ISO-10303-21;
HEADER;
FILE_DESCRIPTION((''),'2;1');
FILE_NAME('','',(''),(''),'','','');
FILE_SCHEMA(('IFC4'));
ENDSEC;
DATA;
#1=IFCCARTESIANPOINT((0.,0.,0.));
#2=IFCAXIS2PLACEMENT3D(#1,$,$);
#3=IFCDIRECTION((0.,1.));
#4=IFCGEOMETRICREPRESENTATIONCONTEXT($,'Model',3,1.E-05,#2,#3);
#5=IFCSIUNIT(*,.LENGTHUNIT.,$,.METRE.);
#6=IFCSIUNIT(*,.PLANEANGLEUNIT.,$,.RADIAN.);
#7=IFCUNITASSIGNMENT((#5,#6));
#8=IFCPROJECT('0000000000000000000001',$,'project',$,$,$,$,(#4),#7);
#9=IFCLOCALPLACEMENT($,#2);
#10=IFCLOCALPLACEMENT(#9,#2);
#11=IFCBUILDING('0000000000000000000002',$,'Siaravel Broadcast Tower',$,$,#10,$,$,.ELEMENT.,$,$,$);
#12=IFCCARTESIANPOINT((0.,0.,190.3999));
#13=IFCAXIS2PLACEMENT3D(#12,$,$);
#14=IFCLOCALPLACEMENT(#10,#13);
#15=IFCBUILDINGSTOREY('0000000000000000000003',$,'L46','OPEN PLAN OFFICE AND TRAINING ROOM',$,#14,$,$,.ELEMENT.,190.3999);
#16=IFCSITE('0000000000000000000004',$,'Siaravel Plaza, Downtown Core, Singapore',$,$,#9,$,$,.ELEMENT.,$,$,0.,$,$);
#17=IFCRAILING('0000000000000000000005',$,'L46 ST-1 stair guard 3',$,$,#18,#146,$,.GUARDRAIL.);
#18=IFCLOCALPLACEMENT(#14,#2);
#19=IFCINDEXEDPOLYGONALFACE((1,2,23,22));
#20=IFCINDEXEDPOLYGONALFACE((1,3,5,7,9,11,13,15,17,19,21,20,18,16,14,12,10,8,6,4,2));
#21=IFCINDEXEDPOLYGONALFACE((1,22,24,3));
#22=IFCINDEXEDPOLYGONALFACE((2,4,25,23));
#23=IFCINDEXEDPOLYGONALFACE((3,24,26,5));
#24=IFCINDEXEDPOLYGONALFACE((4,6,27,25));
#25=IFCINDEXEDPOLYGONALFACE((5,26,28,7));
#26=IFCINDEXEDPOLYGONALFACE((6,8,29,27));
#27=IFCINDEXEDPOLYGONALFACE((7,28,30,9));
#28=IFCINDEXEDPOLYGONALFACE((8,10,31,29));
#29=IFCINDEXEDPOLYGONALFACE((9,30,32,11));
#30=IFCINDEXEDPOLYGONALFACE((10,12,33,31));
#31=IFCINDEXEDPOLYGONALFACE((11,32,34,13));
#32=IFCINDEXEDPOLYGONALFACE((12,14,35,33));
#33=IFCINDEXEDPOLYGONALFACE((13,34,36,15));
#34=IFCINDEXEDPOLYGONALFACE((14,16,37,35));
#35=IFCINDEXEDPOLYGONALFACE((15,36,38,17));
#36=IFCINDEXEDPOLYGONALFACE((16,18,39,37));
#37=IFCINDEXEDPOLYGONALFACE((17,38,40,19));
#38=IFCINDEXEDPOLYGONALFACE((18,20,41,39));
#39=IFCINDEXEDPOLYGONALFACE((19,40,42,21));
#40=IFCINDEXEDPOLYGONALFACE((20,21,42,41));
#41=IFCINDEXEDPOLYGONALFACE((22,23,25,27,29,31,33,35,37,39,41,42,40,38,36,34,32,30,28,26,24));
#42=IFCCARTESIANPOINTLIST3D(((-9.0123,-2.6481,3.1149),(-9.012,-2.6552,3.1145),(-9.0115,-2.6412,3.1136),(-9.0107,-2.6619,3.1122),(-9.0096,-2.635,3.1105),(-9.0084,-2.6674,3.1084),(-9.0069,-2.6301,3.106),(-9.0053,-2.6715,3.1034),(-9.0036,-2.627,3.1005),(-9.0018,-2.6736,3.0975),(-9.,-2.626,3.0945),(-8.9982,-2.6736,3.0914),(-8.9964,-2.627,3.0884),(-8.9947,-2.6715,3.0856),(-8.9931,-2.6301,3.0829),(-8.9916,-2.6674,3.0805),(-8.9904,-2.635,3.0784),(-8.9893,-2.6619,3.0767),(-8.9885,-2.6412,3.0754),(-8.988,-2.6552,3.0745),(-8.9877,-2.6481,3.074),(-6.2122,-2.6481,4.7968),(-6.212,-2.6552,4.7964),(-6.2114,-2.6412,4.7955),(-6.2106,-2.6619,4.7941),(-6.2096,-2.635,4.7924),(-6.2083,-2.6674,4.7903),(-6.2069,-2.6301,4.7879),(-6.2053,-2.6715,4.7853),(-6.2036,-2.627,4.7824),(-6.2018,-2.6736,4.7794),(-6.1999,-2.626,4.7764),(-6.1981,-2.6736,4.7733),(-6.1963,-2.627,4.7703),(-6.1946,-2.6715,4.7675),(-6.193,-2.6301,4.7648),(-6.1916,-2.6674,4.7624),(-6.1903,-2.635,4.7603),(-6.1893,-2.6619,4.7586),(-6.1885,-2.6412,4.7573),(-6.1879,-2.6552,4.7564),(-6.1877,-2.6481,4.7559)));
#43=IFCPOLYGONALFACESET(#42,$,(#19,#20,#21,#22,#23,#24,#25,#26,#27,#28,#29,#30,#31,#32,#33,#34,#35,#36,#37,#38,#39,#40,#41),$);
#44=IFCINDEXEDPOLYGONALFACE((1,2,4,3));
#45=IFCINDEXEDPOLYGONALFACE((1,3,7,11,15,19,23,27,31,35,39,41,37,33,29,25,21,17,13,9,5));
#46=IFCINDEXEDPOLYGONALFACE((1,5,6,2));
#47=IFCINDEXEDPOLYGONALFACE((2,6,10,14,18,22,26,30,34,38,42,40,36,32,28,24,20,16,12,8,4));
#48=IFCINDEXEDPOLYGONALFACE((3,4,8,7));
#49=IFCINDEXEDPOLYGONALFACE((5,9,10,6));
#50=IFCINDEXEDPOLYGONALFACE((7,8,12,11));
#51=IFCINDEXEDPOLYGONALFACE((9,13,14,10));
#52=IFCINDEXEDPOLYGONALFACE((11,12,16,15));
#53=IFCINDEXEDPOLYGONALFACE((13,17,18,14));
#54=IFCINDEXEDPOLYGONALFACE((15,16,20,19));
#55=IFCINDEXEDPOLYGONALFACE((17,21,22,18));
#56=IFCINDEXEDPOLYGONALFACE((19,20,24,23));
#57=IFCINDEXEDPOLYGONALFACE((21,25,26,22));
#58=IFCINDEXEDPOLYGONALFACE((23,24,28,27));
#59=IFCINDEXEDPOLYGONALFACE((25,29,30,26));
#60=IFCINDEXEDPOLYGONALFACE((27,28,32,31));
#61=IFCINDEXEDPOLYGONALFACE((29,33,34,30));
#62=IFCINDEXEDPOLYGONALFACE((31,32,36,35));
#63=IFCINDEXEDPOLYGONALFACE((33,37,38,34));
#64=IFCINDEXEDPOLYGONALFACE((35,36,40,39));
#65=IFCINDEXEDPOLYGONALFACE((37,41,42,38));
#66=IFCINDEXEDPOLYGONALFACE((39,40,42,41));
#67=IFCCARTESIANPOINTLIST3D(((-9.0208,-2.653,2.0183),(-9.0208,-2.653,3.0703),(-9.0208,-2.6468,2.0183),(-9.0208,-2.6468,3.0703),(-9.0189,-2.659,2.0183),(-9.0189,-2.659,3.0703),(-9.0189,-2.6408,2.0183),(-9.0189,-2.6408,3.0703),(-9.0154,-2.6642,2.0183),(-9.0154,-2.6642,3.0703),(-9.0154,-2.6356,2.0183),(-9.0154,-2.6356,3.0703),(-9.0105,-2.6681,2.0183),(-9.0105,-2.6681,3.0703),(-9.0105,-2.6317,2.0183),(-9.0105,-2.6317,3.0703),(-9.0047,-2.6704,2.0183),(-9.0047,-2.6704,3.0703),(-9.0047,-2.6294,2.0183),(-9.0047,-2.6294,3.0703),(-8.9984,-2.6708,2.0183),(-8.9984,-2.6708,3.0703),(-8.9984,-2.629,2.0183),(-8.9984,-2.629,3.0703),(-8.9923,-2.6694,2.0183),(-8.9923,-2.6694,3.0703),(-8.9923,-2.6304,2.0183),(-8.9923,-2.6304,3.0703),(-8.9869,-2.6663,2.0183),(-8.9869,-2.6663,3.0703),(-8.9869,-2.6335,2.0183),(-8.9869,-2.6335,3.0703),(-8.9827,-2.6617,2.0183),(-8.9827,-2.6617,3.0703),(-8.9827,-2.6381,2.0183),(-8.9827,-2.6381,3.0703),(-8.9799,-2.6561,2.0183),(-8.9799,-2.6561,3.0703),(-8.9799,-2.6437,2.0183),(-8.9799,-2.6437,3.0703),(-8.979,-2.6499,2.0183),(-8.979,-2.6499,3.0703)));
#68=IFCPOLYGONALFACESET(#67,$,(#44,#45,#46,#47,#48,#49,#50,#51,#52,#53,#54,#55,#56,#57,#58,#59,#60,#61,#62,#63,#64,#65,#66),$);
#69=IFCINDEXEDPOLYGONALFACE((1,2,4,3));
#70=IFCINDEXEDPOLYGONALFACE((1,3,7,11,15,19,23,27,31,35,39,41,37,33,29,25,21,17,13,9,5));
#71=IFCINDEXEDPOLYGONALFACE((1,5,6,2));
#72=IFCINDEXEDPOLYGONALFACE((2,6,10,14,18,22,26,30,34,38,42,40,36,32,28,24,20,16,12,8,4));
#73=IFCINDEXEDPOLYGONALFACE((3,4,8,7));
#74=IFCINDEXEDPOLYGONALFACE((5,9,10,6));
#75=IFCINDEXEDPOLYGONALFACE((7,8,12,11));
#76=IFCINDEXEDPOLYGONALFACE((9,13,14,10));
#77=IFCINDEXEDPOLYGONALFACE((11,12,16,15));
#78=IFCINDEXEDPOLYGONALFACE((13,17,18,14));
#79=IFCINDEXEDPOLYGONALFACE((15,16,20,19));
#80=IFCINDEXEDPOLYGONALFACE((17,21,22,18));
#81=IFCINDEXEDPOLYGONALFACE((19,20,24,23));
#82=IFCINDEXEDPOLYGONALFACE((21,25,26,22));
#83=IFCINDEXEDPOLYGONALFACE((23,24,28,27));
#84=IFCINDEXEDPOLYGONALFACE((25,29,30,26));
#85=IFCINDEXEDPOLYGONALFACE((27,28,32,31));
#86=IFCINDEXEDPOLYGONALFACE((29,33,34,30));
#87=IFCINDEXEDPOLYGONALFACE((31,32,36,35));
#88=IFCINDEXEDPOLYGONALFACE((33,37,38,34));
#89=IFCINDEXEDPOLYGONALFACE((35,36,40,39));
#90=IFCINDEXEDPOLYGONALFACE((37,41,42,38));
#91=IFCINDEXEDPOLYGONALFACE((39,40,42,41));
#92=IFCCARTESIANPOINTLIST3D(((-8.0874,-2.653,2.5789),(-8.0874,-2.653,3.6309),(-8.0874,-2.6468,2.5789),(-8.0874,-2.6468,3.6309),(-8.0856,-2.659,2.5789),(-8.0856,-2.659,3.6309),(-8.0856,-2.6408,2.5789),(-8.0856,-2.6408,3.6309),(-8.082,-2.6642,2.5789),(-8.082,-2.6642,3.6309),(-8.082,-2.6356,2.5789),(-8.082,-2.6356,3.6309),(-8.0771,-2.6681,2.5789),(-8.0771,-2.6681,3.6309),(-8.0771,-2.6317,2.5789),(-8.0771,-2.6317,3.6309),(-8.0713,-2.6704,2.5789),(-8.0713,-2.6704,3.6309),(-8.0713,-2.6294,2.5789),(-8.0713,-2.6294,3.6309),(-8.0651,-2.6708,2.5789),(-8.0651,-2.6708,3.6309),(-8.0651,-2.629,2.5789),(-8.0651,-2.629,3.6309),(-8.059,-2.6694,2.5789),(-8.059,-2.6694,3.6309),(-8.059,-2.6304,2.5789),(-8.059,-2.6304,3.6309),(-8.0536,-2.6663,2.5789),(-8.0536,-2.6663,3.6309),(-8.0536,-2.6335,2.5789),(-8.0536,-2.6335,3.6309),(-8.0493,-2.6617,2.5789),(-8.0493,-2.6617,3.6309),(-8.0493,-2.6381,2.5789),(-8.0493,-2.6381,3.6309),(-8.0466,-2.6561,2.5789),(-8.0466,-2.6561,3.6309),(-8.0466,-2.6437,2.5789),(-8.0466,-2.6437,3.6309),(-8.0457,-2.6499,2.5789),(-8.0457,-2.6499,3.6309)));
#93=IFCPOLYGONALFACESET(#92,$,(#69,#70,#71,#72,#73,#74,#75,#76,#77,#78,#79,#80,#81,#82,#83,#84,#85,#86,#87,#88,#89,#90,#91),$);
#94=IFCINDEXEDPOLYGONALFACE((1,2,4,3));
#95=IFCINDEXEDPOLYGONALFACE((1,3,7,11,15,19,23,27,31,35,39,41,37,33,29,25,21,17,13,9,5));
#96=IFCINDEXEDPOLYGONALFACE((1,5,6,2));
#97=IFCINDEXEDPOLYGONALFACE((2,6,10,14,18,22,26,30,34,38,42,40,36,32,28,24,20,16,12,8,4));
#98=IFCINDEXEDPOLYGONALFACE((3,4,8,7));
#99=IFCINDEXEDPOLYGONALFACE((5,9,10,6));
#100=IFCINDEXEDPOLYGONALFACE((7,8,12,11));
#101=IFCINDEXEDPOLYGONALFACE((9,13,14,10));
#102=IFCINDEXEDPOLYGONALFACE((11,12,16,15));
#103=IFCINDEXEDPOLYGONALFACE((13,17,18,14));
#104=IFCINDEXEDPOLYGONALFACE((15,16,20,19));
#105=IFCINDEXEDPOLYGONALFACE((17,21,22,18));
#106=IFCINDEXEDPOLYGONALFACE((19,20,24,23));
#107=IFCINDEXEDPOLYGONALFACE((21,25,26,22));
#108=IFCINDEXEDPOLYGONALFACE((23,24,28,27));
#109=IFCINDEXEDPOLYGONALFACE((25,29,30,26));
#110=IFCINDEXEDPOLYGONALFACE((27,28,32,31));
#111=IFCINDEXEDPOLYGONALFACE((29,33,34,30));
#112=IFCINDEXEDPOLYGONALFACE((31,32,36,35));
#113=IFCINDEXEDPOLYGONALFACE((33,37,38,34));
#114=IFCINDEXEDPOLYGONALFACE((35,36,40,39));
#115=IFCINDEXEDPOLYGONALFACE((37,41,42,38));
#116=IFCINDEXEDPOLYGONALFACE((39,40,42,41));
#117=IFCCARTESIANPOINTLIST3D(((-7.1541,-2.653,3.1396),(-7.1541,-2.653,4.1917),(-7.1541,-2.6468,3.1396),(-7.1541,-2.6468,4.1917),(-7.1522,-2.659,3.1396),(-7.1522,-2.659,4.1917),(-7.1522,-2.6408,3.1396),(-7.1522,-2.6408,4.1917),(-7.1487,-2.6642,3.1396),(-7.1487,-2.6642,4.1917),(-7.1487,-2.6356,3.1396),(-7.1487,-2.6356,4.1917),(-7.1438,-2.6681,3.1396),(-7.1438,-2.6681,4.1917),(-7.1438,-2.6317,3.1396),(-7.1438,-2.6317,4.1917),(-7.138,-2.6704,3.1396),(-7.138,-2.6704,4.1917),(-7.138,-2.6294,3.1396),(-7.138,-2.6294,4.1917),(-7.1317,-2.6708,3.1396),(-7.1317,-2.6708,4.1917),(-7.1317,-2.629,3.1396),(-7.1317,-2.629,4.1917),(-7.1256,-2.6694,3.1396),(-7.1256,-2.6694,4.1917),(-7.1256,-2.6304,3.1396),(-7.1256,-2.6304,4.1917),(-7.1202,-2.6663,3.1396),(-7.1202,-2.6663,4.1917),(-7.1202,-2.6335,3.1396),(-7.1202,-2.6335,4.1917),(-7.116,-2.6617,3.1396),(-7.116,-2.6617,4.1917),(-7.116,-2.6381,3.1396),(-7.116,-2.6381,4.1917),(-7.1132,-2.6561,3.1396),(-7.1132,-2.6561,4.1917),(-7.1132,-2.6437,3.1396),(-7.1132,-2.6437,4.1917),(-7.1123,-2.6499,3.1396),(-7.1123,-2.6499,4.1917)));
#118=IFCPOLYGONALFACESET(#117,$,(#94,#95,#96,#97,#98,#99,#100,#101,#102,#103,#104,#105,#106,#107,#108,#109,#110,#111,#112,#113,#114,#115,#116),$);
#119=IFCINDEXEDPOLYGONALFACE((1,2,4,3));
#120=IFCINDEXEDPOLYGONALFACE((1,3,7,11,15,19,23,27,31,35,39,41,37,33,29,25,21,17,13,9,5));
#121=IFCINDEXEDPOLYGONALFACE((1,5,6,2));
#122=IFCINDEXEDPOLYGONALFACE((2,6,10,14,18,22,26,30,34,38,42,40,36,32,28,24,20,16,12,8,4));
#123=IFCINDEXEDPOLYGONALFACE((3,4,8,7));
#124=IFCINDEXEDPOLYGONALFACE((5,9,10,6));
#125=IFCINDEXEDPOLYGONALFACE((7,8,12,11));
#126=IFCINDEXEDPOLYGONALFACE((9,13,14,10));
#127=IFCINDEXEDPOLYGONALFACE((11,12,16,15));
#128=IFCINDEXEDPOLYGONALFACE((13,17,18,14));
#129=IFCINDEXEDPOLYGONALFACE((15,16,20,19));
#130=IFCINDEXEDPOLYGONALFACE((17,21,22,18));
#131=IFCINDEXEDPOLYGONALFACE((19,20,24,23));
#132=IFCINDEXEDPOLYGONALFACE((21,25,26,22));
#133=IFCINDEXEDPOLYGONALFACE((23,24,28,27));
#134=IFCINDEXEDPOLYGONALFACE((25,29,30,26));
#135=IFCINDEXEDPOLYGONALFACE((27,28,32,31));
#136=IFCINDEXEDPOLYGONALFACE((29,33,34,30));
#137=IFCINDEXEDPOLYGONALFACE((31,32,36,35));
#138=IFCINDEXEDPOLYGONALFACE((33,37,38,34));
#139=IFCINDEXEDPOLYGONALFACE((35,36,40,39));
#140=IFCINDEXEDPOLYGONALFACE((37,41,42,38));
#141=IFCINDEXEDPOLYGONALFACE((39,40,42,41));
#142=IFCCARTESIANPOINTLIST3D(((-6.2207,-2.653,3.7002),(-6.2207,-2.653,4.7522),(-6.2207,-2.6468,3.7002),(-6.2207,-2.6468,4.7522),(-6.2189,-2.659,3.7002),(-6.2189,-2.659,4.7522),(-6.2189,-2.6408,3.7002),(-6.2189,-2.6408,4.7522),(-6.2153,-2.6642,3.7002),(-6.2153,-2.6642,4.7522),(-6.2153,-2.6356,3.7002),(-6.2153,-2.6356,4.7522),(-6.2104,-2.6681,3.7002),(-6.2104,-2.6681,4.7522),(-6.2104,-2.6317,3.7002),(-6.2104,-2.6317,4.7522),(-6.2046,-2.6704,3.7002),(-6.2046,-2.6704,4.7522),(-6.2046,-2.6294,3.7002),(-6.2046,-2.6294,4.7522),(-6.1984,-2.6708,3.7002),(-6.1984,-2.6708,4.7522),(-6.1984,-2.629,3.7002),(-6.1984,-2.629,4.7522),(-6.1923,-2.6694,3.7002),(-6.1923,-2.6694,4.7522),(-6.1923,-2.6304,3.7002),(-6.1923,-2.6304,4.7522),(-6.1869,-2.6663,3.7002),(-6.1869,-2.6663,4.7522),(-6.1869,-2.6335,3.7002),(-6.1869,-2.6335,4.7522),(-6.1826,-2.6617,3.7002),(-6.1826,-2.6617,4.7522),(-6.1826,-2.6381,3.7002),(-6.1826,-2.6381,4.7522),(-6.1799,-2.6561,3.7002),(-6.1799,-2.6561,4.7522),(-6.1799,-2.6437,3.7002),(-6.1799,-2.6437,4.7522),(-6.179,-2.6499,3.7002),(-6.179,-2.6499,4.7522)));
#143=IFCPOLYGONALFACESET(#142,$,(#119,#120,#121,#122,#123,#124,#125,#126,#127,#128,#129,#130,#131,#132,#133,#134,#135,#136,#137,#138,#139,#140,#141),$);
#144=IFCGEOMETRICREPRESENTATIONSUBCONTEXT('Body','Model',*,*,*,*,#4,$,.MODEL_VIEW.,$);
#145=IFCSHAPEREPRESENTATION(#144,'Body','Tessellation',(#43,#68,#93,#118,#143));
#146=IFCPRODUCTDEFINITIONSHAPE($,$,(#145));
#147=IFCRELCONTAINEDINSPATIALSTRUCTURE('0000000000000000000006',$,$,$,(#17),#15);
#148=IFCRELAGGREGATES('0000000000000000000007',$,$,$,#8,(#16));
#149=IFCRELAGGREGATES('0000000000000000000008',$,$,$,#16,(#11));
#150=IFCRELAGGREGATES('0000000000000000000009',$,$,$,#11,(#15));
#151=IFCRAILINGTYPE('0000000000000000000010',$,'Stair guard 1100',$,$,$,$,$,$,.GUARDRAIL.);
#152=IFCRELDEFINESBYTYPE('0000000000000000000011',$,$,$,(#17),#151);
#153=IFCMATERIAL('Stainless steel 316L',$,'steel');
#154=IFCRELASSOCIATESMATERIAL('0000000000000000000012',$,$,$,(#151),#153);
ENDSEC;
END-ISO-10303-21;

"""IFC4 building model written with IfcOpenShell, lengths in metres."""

from ifc_helpers import new_model, si_unit, direction, frame, origin, origin_2d, place, context, subcontext, project, spatial, circle, extrude, material, type_object, element, save


model = new_model("IFC4")

# Units and contexts
model_context = context("Model", 3, precision=1e-05, world=origin(), true_north=direction((0.0, 1.0)))
body_context = subcontext(model_context, "Body", "Model", "MODEL_VIEW")
ifc_project = project(units=[si_unit("LENGTHUNIT", "METRE"), si_unit("PLANEANGLEUNIT", "RADIAN")], contexts=[model_context])

# Site, building, storey
site_placement = place(None, origin())
site = spatial("IfcSite", under=ifc_project, at=site_placement, Name="Siaravel Plaza, Downtown Core, Singapore", CompositionType="ELEMENT", RefElevation=0.0)
building_placement = place(site_placement, origin())
building = spatial("IfcBuilding", under=site, at=building_placement, Name="Siaravel Broadcast Tower", CompositionType="ELEMENT")
storey_placement = place(building_placement, frame((0.0, 0.0, 190.3999)))
storey = spatial("IfcBuildingStorey", under=building, at=storey_placement, Name="L46", Description="OPEN PLAN OFFICE AND TRAINING ROOM", CompositionType="ELEMENT", Elevation=190.3999)

# Shared definitions
ifc_material_1 = material(Name="Stainless steel 316L", Category="steel")

# Railing
railing_type_1 = type_object("IfcRailingType", Name="Stair guard 1100", PredefinedType="GUARDRAIL", material=ifc_material_1)
railing_1_placement = place(storey_placement, frame((-9.0, -2.6499, 2.0183)))
element("IfcRailing", 1, at=railing_1_placement, inside=storey, type_object=railing_type_1, Name="L46 ST-1 stair guard 3", PredefinedType="GUARDRAIL", context=body_context, shape_type="SweptSolid", body=[
    extrude(circle(Radius=0.0239, at=origin_2d()), frame((0.0, 0.0, 1.0762), z_axis=(0.857242, 0.0, 0.514913), x_axis=(0.0, 1.0, 0.0)), (0.0, 0.0, 1.0), 3.2664),
    extrude(circle(Radius=0.021, at=origin_2d()), origin(), (0.0, 0.0, 1.0), 1.052),
    extrude(circle(Radius=0.021, at=origin_2d()), frame((0.9333, 0.0, 0.5605)), (0.0, 0.0, 1.0), 1.052),
    extrude(circle(Radius=0.021, at=origin_2d()), frame((1.8667, 0.0, 1.1213)), (0.0, 0.0, 1.0), 1.052),
    extrude(circle(Radius=0.021, at=origin_2d()), frame((2.8, 0.0, 1.6819)), (0.0, 0.0, 1.0), 1.052),
])

save(model, "model.ifc")
